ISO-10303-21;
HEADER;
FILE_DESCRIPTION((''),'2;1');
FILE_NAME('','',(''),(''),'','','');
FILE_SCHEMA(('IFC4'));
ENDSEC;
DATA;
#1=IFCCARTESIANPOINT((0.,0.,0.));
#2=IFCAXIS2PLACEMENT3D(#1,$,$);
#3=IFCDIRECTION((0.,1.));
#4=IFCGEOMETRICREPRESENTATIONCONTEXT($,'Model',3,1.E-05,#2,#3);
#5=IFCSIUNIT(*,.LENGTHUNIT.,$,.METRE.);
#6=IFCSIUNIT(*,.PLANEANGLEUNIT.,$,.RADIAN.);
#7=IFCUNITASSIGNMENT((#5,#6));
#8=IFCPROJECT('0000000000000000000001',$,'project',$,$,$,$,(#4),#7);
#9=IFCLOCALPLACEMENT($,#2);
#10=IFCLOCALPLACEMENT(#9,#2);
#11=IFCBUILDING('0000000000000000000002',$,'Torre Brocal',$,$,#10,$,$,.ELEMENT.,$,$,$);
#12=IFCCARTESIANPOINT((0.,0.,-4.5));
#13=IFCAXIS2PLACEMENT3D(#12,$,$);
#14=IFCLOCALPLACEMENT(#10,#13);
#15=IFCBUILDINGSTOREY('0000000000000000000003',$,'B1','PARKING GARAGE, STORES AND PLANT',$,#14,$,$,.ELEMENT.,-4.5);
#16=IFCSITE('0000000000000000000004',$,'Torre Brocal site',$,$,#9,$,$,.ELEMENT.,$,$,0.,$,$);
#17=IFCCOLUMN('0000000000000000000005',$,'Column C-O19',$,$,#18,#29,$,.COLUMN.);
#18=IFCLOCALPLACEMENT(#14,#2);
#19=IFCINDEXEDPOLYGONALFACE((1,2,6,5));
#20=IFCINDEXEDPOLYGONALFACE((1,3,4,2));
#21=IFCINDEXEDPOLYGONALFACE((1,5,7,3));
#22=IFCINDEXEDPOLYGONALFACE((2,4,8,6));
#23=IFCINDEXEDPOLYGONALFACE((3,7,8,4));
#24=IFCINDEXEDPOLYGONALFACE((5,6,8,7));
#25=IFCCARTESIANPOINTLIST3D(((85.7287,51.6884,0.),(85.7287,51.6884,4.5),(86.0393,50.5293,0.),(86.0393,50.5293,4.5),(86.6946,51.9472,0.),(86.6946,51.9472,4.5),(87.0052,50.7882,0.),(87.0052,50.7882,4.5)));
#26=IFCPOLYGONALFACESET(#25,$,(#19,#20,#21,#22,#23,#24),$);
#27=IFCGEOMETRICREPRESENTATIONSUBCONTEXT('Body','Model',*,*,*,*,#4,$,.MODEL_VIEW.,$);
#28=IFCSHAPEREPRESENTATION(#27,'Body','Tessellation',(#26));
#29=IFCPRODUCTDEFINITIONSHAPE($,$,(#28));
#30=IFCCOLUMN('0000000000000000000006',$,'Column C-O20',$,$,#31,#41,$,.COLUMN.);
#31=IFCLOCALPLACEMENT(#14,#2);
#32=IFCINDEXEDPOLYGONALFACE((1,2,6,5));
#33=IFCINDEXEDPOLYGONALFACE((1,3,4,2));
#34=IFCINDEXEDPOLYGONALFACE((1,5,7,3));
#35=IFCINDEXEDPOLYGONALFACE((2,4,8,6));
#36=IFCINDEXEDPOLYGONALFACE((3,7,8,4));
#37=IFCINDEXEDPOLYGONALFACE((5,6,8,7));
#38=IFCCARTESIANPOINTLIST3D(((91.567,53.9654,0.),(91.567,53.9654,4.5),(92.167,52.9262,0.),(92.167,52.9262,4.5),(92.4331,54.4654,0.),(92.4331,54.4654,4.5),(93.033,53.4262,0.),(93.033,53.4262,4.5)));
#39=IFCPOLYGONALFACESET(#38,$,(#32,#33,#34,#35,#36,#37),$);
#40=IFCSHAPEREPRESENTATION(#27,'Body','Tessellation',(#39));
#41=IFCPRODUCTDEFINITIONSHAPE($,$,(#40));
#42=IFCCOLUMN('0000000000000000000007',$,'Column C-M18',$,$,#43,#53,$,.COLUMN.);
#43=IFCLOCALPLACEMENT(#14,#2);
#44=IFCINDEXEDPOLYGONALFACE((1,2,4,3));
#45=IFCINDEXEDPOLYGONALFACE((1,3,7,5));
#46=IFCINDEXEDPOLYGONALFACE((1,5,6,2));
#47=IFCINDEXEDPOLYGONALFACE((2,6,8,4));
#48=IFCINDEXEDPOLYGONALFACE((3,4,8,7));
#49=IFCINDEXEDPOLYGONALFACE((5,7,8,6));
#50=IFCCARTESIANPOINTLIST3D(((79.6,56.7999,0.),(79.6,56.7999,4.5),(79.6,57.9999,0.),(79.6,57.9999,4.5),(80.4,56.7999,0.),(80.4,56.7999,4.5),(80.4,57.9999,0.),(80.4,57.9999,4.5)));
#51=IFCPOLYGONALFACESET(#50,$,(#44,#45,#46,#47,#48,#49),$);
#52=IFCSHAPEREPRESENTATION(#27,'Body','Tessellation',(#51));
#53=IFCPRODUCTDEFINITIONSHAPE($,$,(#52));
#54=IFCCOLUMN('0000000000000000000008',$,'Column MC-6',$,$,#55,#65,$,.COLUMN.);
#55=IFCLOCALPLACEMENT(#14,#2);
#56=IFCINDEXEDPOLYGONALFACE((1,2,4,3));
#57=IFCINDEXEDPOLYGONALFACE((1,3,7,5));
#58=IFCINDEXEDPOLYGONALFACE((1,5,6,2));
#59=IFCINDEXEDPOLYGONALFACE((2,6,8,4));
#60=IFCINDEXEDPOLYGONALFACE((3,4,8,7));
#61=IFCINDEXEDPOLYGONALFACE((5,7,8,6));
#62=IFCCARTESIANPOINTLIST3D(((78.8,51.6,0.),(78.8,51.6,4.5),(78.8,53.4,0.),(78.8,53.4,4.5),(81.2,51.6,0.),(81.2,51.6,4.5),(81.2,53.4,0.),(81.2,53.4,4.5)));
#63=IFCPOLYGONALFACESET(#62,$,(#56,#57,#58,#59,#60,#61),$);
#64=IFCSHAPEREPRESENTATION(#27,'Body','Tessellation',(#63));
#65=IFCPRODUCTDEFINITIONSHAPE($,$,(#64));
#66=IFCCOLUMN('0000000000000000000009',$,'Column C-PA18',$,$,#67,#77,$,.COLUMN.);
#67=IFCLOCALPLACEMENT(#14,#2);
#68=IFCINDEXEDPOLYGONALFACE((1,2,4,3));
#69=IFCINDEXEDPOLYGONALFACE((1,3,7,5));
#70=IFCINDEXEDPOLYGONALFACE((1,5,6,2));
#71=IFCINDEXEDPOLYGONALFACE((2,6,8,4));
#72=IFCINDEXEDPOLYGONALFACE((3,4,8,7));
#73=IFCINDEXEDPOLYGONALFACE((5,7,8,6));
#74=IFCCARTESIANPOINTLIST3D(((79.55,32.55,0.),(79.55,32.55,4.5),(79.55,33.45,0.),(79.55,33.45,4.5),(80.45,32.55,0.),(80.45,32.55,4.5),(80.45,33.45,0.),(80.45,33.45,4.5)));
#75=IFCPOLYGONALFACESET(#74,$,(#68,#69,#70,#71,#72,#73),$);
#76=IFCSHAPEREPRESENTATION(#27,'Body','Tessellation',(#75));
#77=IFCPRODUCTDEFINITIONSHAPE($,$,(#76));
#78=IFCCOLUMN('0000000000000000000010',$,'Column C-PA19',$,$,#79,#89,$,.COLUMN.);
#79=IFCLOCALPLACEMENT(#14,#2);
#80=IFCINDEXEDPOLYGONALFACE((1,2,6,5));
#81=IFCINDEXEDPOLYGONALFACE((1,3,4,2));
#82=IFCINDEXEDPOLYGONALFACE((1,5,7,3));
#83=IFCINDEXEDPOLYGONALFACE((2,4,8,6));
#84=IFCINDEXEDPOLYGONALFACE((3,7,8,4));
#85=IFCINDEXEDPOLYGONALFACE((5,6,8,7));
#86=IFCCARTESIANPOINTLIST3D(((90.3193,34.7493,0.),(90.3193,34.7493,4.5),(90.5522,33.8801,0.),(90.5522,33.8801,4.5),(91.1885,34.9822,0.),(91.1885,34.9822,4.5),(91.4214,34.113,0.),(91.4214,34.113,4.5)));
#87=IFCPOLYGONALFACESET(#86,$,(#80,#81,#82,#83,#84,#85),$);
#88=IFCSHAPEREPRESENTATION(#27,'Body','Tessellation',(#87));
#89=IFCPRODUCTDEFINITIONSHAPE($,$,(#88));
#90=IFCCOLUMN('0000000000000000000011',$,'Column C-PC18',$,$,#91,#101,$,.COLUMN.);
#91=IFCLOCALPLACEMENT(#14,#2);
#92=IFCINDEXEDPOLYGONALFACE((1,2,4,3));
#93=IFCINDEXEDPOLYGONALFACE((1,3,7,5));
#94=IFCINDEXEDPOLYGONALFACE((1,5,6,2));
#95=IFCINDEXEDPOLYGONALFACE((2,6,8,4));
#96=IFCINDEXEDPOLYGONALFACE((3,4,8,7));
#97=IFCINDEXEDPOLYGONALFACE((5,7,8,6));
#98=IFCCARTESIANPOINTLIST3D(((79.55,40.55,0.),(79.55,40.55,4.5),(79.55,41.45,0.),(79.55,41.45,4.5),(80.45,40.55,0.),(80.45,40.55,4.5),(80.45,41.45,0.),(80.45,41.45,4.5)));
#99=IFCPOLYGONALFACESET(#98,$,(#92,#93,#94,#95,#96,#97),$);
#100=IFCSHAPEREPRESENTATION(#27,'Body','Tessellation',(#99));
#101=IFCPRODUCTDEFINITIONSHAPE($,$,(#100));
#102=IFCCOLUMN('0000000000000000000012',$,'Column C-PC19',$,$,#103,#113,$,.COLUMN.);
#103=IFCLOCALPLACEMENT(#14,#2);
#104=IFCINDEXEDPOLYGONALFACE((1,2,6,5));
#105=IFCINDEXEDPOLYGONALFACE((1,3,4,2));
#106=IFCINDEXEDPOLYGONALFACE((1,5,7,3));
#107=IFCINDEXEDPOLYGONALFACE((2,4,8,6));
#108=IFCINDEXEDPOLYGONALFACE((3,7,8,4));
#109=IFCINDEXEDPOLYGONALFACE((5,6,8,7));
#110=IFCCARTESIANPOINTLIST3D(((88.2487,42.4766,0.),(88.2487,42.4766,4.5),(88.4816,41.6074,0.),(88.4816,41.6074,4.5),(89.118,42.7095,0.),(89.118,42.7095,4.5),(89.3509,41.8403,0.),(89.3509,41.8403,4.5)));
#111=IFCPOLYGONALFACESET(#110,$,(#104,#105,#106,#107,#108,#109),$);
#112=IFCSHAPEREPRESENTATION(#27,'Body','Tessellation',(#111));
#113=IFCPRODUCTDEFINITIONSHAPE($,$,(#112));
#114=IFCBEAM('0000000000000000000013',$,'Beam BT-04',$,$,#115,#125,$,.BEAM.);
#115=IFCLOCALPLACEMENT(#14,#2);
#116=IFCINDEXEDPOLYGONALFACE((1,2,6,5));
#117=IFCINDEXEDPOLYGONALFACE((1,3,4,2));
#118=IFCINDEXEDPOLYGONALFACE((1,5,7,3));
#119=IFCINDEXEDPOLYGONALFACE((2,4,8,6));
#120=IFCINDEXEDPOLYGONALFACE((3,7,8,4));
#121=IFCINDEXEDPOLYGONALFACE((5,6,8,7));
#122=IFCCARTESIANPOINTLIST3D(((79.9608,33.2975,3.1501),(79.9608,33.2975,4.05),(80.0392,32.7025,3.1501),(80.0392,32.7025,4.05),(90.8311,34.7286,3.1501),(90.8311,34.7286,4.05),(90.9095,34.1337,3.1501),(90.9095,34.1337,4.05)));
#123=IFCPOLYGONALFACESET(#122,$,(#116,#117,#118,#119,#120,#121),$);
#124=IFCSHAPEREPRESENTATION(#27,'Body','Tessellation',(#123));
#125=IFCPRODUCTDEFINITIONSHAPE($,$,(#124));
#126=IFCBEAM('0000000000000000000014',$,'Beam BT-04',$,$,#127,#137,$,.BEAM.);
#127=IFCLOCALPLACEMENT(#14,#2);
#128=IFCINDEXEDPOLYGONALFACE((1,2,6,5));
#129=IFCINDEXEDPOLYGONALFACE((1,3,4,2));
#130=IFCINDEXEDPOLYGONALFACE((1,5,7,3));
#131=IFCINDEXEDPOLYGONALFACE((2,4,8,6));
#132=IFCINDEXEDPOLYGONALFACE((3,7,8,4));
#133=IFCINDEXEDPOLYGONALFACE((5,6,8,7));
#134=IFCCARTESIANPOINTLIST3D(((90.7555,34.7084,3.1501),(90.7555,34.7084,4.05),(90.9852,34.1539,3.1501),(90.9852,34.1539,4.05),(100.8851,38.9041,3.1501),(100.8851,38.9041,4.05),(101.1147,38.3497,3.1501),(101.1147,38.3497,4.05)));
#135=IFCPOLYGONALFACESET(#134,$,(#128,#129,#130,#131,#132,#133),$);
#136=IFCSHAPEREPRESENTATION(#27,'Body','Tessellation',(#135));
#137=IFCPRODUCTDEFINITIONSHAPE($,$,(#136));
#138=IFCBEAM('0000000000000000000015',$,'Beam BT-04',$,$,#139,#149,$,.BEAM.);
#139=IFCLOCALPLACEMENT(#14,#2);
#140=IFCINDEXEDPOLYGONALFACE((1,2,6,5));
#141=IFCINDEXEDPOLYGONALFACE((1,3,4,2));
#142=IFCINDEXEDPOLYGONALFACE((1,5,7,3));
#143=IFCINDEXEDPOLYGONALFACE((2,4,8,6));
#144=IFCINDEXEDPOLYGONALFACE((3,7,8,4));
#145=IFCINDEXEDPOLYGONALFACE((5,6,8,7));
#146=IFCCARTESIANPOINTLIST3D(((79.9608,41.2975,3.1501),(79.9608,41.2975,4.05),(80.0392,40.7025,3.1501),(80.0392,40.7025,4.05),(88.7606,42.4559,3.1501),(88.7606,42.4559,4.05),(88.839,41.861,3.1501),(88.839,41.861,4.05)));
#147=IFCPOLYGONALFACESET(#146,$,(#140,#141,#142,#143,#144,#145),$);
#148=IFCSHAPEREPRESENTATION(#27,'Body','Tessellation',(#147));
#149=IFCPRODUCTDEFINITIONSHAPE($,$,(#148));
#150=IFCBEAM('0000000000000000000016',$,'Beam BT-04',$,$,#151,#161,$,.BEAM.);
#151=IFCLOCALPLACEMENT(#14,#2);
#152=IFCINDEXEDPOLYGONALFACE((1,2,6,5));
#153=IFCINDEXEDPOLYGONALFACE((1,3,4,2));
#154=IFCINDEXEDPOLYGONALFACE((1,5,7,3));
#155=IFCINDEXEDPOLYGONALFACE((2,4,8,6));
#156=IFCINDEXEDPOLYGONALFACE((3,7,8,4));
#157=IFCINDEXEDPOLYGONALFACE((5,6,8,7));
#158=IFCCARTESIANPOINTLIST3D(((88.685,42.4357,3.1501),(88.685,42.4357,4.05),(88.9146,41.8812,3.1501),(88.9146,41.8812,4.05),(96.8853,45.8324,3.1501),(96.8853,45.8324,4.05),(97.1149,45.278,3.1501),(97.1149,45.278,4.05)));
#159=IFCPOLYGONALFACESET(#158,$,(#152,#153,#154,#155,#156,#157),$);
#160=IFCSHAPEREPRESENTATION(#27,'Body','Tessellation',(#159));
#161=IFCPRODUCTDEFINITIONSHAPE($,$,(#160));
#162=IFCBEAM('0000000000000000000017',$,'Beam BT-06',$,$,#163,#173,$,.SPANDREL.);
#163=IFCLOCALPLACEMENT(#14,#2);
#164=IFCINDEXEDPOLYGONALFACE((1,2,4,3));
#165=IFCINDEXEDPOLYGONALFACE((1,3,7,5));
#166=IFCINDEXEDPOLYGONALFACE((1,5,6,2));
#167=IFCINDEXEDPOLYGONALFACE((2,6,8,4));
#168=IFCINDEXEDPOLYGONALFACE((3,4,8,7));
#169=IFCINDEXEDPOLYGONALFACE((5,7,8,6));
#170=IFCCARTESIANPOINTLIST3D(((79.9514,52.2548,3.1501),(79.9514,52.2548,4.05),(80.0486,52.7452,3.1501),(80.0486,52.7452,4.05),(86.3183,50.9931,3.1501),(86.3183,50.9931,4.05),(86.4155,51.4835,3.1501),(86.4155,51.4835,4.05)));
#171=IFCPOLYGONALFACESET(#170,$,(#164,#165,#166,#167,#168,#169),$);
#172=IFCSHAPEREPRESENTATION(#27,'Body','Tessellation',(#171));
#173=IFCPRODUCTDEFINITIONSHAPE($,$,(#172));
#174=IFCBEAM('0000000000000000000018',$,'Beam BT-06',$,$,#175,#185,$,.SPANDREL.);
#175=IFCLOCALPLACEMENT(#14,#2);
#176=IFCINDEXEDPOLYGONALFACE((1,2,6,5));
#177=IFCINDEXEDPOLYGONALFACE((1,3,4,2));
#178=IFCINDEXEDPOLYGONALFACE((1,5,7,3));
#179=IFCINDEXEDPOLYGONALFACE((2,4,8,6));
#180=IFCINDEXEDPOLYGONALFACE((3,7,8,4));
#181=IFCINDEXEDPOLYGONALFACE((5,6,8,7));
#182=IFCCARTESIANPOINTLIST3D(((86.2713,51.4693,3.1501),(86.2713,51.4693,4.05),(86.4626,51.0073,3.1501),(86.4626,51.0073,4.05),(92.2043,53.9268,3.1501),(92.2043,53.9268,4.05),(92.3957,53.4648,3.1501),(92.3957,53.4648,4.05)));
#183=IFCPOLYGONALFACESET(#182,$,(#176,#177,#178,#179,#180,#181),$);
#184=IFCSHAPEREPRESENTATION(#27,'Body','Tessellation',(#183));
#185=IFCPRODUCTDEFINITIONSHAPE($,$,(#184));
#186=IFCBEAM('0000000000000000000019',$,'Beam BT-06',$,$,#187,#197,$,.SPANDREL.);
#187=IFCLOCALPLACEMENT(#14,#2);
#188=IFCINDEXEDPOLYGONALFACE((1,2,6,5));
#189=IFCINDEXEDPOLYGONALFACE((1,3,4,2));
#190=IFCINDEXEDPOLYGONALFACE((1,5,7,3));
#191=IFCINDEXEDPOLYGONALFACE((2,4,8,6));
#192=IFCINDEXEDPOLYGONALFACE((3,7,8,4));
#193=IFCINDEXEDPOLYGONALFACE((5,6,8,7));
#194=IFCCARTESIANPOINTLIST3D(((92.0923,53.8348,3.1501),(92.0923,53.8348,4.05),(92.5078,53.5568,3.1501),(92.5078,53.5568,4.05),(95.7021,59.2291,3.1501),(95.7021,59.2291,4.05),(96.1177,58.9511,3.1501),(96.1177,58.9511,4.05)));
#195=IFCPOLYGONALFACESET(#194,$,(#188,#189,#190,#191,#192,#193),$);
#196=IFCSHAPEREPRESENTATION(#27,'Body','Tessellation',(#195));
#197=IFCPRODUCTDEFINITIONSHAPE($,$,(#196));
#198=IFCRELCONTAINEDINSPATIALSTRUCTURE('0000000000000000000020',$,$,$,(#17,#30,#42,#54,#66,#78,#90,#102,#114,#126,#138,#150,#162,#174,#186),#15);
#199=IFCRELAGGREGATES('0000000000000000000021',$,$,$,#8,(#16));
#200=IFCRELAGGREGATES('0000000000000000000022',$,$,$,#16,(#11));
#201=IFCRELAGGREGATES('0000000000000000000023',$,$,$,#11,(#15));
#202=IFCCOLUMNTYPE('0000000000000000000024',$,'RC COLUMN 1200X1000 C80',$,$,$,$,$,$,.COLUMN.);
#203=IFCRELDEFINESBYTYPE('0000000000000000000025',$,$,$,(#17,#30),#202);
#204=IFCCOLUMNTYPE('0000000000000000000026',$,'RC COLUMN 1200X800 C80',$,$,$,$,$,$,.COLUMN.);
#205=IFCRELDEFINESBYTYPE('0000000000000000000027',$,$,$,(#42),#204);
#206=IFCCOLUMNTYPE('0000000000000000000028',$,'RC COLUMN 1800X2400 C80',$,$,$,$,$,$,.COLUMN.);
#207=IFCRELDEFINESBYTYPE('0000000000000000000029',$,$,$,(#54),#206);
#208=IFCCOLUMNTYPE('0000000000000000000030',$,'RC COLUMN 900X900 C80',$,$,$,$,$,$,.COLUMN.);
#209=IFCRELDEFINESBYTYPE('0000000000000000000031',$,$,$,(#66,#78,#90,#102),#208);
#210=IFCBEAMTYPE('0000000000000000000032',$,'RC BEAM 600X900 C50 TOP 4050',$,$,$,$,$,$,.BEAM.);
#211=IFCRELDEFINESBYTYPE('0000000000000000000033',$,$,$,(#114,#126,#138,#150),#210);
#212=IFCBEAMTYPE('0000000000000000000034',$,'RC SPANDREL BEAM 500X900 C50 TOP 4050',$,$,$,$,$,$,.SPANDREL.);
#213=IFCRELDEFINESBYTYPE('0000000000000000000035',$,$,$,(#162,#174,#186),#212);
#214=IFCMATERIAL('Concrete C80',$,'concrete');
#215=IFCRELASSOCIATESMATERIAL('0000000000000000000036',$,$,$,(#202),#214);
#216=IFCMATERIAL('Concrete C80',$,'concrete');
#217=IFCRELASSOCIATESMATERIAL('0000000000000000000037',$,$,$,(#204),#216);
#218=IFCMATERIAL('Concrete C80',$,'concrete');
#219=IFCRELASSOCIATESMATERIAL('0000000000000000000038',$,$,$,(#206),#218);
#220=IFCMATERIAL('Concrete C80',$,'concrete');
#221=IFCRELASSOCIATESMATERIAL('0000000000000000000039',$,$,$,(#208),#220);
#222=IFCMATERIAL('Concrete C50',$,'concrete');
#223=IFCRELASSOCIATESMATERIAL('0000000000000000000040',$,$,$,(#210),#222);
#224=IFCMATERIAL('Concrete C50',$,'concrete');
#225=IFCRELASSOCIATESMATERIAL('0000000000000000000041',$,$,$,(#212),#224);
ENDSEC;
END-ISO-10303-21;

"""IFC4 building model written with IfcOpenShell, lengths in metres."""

from ifc_helpers import new_model, si_unit, direction, frame, origin, origin_2d, place, context, subcontext, project, spatial, rectangle, extrude, material, material_profile, profile_set, type_object, element, save


model = new_model("IFC4")

# Units and contexts
model_context = context("Model", 3, precision=1e-05, world=origin(), true_north=direction((0.0, 1.0)))
body_context = subcontext(model_context, "Body", "Model", "MODEL_VIEW")
ifc_project = project(units=[si_unit("LENGTHUNIT", "METRE"), si_unit("PLANEANGLEUNIT", "RADIAN")], contexts=[model_context])

# Site, building, storey
site_placement = place(None, origin())
site = spatial("IfcSite", under=ifc_project, at=site_placement, Name="Torre Brocal site", CompositionType="ELEMENT", RefElevation=0.0)
building_placement = place(site_placement, origin())
building = spatial("IfcBuilding", under=site, at=building_placement, Name="Torre Brocal", CompositionType="ELEMENT")
storey_placement = place(building_placement, frame((0.0, 0.0, -4.5)))
storey = spatial("IfcBuildingStorey", under=building, at=storey_placement, Name="B1", Description="PARKING GARAGE, STORES AND PLANT", CompositionType="ELEMENT", Elevation=-4.5)

# Columns
ifc_material_1 = material(Name="Concrete C80", Category="concrete")
ifc_material_profile_1 = material_profile(ifc_material_1, rectangle(XDim=1.2, YDim=1.0, at=origin_2d()), Name="RC 1200X1000")
ifc_profile_set_1 = profile_set([ifc_material_profile_1], Name="Concrete C80")
column_type_1 = type_object("IfcColumnType", Name="RC COLUMN 1200X1000 C80", PredefinedType="COLUMN", material=ifc_profile_set_1)
for number, where, z_axis, x_axis, name in (
    (1, (86.3669, 51.2383, 0.0), (0.0, 0.0, 1.0), (0.258819, -0.965926, 0.0), "Column C-O19"),
    (2, (92.3, 53.6958, 0.0), (0.0, 0.0, 1.0), (0.5, -0.866025, 0.0), "Column C-O20"),
):
    element("IfcColumn", number, at=place(storey_placement, frame(where, z_axis=z_axis, x_axis=x_axis)), inside=storey, type_object=column_type_1, Name=name, PredefinedType="COLUMN", context=body_context, shape_type="SweptSolid", body=[
        extrude(rectangle(XDim=1.2, YDim=1.0, at=origin_2d()), origin(), (0.0, 0.0, 1.0), 4.5),
    ])
ifc_material_2 = material(Name="Concrete C80", Category="concrete")
ifc_material_profile_2 = material_profile(ifc_material_2, rectangle(XDim=1.2, YDim=0.8, at=origin_2d()), Name="RC 1200X800")
ifc_profile_set_2 = profile_set([ifc_material_profile_2], Name="Concrete C80")
column_type_2 = type_object("IfcColumnType", Name="RC COLUMN 1200X800 C80", PredefinedType="COLUMN", material=ifc_profile_set_2)
column_1_placement = place(storey_placement, frame((80.0, 57.3999, 0.0), z_axis=(0.0, 0.0, 1.0), x_axis=(0.0, -1.0, 0.0)))
element("IfcColumn", 3, at=column_1_placement, inside=storey, type_object=column_type_2, Name="Column C-M18", PredefinedType="COLUMN", context=body_context, shape_type="SweptSolid", body=[
    extrude(rectangle(XDim=1.2, YDim=0.8, at=origin_2d()), origin(), (0.0, 0.0, 1.0), 4.5),
])
ifc_material_3 = material(Name="Concrete C80", Category="concrete")
ifc_material_profile_3 = material_profile(ifc_material_3, rectangle(XDim=1.8, YDim=2.3999, at=origin_2d()), Name="RC 1800X2400")
ifc_profile_set_3 = profile_set([ifc_material_profile_3], Name="Concrete C80")
column_type_3 = type_object("IfcColumnType", Name="RC COLUMN 1800X2400 C80", PredefinedType="COLUMN", material=ifc_profile_set_3)
column_2_placement = place(storey_placement, frame((80.0, 52.5, 0.0), z_axis=(0.0, 0.0, 1.0), x_axis=(0.0, -1.0, 0.0)))
element("IfcColumn", 4, at=column_2_placement, inside=storey, type_object=column_type_3, Name="Column MC-6", PredefinedType="COLUMN", context=body_context, shape_type="SweptSolid", body=[
    extrude(rectangle(XDim=1.8, YDim=2.3999, at=origin_2d()), origin(), (0.0, 0.0, 1.0), 4.5),
])
ifc_material_4 = material(Name="Concrete C80", Category="concrete")
ifc_material_profile_4 = material_profile(ifc_material_4, rectangle(XDim=0.8999, YDim=0.8999, at=origin_2d()), Name="RC 900X900")
ifc_profile_set_4 = profile_set([ifc_material_profile_4], Name="Concrete C80")
column_type_4 = type_object("IfcColumnType", Name="RC COLUMN 900X900 C80", PredefinedType="COLUMN", material=ifc_profile_set_4)
for number, where, z_axis, x_axis, name in (
    (5, (80.0, 33.0, 0.0), (0.0, 0.0, 1.0), (0.0, -1.0, 0.0), "Column C-PA18"),
    (6, (90.8704, 34.4312, 0.0), (0.0, 0.0, 1.0), (0.258819, -0.965926, 0.0), "Column C-PA19"),
    (7, (80.0, 41.0, 0.0), (0.0, 0.0, 1.0), (0.0, -1.0, 0.0), "Column C-PC18"),
    (8, (88.7998, 42.1584, 0.0), (0.0, 0.0, 1.0), (0.258819, -0.965926, 0.0), "Column C-PC19"),
):
    element("IfcColumn", number, at=place(storey_placement, frame(where, z_axis=z_axis, x_axis=x_axis)), inside=storey, type_object=column_type_4, Name=name, PredefinedType="COLUMN", context=body_context, shape_type="SweptSolid", body=[
        extrude(rectangle(XDim=0.8999, YDim=0.8999, at=origin_2d()), origin(), (0.0, 0.0, 1.0), 4.5),
    ])

# Beams
ifc_material_5 = material(Name="Concrete C50", Category="concrete")
ifc_material_profile_5 = material_profile(ifc_material_5, rectangle(XDim=0.6001, YDim=0.8999, at=origin_2d()), Name="RC 600X900")
ifc_profile_set_5 = profile_set([ifc_material_profile_5], Name="Concrete C50")
beam_type_1 = type_object("IfcBeamType", Name="RC BEAM 600X900 C50 TOP 4050", PredefinedType="BEAM", material=ifc_profile_set_5)
for number, where, z_axis, x_axis, name in (
    (9, (80.0, 33.0, 3.6001), (0.991444, 0.13053, 0.0), (-0.13053, 0.991444, 0.0), "Beam BT-04"),
    (10, (90.8704, 34.4312, 3.6001), (0.923881, 0.382681, 0.0), (-0.382681, 0.923881, 0.0), "Beam BT-04"),
):
    element("IfcBeam", number, at=place(storey_placement, frame(where, z_axis=z_axis, x_axis=x_axis)), inside=storey, type_object=beam_type_1, Name=name, PredefinedType="BEAM", context=body_context, shape_type="SweptSolid", body=[
        extrude(rectangle(XDim=0.6001, YDim=0.8999, at=origin_2d()), origin(), (0.0, 0.0, 1.0), 10.9641),
    ])
beam_1_placement = place(storey_placement, frame((80.0, 41.0, 3.6001), z_axis=(0.991446, 0.130519, 0.0), x_axis=(-0.130519, 0.991446, 0.0)))
element("IfcBeam", 11, at=beam_1_placement, inside=storey, type_object=beam_type_1, Name="Beam BT-04", PredefinedType="BEAM", context=body_context, shape_type="SweptSolid", body=[
    extrude(rectangle(XDim=0.6001, YDim=0.8999, at=origin_2d()), origin(), (0.0, 0.0, 1.0), 8.8757),
])
beam_2_placement = place(storey_placement, frame((88.7998, 42.1584, 3.6001), z_axis=(0.923876, 0.382693, 0.0), x_axis=(-0.382693, 0.923876, 0.0)))
element("IfcBeam", 12, at=beam_2_placement, inside=storey, type_object=beam_type_1, Name="Beam BT-04", PredefinedType="BEAM", context=body_context, shape_type="SweptSolid", body=[
    extrude(rectangle(XDim=0.6001, YDim=0.8999, at=origin_2d()), origin(), (0.0, 0.0, 1.0), 8.876),
])
ifc_material_6 = material(Name="Concrete C50", Category="concrete")
ifc_material_profile_6 = material_profile(ifc_material_6, rectangle(XDim=0.5, YDim=0.8999, at=origin_2d()), Name="RC 500X900")
ifc_profile_set_6 = profile_set([ifc_material_profile_6], Name="Concrete C50")
beam_type_2 = type_object("IfcBeamType", Name="RC SPANDREL BEAM 500X900 C50 TOP 4050", PredefinedType="SPANDREL", material=ifc_profile_set_6)
beam_3_placement = place(storey_placement, frame((80.0, 52.5, 3.6001), z_axis=(0.980925, -0.194387, 0.0), x_axis=(0.194387, 0.980925, 0.0)))
element("IfcBeam", 13, at=beam_3_placement, inside=storey, type_object=beam_type_2, Name="Beam BT-06", PredefinedType="SPANDREL", context=body_context, shape_type="SweptSolid", body=[
    extrude(rectangle(XDim=0.5, YDim=0.8999, at=origin_2d()), origin(), (0.0, 0.0, 1.0), 6.4907),
])
beam_4_placement = place(storey_placement, frame((86.3669, 51.2383, 3.6001), z_axis=(0.923882, 0.382676, 0.0), x_axis=(-0.382676, 0.923882, 0.0)))
element("IfcBeam", 14, at=beam_4_placement, inside=storey, type_object=beam_type_2, Name="Beam BT-06", PredefinedType="SPANDREL", context=body_context, shape_type="SweptSolid", body=[
    extrude(rectangle(XDim=0.5, YDim=0.8999, at=origin_2d()), origin(), (0.0, 0.0, 1.0), 6.4219),
])
beam_5_placement = place(storey_placement, frame((92.3, 53.6958, 3.6001), z_axis=(0.556158, 0.831077, 0.0), x_axis=(-0.831077, 0.556158, 0.0)))
element("IfcBeam", 15, at=beam_5_placement, inside=storey, type_object=beam_type_2, Name="Beam BT-06", PredefinedType="SPANDREL", context=body_context, shape_type="SweptSolid", body=[
    extrude(rectangle(XDim=0.5, YDim=0.8999, at=origin_2d()), origin(), (0.0, 0.0, 1.0), 6.4907),
])

save(model, "model.ifc")
